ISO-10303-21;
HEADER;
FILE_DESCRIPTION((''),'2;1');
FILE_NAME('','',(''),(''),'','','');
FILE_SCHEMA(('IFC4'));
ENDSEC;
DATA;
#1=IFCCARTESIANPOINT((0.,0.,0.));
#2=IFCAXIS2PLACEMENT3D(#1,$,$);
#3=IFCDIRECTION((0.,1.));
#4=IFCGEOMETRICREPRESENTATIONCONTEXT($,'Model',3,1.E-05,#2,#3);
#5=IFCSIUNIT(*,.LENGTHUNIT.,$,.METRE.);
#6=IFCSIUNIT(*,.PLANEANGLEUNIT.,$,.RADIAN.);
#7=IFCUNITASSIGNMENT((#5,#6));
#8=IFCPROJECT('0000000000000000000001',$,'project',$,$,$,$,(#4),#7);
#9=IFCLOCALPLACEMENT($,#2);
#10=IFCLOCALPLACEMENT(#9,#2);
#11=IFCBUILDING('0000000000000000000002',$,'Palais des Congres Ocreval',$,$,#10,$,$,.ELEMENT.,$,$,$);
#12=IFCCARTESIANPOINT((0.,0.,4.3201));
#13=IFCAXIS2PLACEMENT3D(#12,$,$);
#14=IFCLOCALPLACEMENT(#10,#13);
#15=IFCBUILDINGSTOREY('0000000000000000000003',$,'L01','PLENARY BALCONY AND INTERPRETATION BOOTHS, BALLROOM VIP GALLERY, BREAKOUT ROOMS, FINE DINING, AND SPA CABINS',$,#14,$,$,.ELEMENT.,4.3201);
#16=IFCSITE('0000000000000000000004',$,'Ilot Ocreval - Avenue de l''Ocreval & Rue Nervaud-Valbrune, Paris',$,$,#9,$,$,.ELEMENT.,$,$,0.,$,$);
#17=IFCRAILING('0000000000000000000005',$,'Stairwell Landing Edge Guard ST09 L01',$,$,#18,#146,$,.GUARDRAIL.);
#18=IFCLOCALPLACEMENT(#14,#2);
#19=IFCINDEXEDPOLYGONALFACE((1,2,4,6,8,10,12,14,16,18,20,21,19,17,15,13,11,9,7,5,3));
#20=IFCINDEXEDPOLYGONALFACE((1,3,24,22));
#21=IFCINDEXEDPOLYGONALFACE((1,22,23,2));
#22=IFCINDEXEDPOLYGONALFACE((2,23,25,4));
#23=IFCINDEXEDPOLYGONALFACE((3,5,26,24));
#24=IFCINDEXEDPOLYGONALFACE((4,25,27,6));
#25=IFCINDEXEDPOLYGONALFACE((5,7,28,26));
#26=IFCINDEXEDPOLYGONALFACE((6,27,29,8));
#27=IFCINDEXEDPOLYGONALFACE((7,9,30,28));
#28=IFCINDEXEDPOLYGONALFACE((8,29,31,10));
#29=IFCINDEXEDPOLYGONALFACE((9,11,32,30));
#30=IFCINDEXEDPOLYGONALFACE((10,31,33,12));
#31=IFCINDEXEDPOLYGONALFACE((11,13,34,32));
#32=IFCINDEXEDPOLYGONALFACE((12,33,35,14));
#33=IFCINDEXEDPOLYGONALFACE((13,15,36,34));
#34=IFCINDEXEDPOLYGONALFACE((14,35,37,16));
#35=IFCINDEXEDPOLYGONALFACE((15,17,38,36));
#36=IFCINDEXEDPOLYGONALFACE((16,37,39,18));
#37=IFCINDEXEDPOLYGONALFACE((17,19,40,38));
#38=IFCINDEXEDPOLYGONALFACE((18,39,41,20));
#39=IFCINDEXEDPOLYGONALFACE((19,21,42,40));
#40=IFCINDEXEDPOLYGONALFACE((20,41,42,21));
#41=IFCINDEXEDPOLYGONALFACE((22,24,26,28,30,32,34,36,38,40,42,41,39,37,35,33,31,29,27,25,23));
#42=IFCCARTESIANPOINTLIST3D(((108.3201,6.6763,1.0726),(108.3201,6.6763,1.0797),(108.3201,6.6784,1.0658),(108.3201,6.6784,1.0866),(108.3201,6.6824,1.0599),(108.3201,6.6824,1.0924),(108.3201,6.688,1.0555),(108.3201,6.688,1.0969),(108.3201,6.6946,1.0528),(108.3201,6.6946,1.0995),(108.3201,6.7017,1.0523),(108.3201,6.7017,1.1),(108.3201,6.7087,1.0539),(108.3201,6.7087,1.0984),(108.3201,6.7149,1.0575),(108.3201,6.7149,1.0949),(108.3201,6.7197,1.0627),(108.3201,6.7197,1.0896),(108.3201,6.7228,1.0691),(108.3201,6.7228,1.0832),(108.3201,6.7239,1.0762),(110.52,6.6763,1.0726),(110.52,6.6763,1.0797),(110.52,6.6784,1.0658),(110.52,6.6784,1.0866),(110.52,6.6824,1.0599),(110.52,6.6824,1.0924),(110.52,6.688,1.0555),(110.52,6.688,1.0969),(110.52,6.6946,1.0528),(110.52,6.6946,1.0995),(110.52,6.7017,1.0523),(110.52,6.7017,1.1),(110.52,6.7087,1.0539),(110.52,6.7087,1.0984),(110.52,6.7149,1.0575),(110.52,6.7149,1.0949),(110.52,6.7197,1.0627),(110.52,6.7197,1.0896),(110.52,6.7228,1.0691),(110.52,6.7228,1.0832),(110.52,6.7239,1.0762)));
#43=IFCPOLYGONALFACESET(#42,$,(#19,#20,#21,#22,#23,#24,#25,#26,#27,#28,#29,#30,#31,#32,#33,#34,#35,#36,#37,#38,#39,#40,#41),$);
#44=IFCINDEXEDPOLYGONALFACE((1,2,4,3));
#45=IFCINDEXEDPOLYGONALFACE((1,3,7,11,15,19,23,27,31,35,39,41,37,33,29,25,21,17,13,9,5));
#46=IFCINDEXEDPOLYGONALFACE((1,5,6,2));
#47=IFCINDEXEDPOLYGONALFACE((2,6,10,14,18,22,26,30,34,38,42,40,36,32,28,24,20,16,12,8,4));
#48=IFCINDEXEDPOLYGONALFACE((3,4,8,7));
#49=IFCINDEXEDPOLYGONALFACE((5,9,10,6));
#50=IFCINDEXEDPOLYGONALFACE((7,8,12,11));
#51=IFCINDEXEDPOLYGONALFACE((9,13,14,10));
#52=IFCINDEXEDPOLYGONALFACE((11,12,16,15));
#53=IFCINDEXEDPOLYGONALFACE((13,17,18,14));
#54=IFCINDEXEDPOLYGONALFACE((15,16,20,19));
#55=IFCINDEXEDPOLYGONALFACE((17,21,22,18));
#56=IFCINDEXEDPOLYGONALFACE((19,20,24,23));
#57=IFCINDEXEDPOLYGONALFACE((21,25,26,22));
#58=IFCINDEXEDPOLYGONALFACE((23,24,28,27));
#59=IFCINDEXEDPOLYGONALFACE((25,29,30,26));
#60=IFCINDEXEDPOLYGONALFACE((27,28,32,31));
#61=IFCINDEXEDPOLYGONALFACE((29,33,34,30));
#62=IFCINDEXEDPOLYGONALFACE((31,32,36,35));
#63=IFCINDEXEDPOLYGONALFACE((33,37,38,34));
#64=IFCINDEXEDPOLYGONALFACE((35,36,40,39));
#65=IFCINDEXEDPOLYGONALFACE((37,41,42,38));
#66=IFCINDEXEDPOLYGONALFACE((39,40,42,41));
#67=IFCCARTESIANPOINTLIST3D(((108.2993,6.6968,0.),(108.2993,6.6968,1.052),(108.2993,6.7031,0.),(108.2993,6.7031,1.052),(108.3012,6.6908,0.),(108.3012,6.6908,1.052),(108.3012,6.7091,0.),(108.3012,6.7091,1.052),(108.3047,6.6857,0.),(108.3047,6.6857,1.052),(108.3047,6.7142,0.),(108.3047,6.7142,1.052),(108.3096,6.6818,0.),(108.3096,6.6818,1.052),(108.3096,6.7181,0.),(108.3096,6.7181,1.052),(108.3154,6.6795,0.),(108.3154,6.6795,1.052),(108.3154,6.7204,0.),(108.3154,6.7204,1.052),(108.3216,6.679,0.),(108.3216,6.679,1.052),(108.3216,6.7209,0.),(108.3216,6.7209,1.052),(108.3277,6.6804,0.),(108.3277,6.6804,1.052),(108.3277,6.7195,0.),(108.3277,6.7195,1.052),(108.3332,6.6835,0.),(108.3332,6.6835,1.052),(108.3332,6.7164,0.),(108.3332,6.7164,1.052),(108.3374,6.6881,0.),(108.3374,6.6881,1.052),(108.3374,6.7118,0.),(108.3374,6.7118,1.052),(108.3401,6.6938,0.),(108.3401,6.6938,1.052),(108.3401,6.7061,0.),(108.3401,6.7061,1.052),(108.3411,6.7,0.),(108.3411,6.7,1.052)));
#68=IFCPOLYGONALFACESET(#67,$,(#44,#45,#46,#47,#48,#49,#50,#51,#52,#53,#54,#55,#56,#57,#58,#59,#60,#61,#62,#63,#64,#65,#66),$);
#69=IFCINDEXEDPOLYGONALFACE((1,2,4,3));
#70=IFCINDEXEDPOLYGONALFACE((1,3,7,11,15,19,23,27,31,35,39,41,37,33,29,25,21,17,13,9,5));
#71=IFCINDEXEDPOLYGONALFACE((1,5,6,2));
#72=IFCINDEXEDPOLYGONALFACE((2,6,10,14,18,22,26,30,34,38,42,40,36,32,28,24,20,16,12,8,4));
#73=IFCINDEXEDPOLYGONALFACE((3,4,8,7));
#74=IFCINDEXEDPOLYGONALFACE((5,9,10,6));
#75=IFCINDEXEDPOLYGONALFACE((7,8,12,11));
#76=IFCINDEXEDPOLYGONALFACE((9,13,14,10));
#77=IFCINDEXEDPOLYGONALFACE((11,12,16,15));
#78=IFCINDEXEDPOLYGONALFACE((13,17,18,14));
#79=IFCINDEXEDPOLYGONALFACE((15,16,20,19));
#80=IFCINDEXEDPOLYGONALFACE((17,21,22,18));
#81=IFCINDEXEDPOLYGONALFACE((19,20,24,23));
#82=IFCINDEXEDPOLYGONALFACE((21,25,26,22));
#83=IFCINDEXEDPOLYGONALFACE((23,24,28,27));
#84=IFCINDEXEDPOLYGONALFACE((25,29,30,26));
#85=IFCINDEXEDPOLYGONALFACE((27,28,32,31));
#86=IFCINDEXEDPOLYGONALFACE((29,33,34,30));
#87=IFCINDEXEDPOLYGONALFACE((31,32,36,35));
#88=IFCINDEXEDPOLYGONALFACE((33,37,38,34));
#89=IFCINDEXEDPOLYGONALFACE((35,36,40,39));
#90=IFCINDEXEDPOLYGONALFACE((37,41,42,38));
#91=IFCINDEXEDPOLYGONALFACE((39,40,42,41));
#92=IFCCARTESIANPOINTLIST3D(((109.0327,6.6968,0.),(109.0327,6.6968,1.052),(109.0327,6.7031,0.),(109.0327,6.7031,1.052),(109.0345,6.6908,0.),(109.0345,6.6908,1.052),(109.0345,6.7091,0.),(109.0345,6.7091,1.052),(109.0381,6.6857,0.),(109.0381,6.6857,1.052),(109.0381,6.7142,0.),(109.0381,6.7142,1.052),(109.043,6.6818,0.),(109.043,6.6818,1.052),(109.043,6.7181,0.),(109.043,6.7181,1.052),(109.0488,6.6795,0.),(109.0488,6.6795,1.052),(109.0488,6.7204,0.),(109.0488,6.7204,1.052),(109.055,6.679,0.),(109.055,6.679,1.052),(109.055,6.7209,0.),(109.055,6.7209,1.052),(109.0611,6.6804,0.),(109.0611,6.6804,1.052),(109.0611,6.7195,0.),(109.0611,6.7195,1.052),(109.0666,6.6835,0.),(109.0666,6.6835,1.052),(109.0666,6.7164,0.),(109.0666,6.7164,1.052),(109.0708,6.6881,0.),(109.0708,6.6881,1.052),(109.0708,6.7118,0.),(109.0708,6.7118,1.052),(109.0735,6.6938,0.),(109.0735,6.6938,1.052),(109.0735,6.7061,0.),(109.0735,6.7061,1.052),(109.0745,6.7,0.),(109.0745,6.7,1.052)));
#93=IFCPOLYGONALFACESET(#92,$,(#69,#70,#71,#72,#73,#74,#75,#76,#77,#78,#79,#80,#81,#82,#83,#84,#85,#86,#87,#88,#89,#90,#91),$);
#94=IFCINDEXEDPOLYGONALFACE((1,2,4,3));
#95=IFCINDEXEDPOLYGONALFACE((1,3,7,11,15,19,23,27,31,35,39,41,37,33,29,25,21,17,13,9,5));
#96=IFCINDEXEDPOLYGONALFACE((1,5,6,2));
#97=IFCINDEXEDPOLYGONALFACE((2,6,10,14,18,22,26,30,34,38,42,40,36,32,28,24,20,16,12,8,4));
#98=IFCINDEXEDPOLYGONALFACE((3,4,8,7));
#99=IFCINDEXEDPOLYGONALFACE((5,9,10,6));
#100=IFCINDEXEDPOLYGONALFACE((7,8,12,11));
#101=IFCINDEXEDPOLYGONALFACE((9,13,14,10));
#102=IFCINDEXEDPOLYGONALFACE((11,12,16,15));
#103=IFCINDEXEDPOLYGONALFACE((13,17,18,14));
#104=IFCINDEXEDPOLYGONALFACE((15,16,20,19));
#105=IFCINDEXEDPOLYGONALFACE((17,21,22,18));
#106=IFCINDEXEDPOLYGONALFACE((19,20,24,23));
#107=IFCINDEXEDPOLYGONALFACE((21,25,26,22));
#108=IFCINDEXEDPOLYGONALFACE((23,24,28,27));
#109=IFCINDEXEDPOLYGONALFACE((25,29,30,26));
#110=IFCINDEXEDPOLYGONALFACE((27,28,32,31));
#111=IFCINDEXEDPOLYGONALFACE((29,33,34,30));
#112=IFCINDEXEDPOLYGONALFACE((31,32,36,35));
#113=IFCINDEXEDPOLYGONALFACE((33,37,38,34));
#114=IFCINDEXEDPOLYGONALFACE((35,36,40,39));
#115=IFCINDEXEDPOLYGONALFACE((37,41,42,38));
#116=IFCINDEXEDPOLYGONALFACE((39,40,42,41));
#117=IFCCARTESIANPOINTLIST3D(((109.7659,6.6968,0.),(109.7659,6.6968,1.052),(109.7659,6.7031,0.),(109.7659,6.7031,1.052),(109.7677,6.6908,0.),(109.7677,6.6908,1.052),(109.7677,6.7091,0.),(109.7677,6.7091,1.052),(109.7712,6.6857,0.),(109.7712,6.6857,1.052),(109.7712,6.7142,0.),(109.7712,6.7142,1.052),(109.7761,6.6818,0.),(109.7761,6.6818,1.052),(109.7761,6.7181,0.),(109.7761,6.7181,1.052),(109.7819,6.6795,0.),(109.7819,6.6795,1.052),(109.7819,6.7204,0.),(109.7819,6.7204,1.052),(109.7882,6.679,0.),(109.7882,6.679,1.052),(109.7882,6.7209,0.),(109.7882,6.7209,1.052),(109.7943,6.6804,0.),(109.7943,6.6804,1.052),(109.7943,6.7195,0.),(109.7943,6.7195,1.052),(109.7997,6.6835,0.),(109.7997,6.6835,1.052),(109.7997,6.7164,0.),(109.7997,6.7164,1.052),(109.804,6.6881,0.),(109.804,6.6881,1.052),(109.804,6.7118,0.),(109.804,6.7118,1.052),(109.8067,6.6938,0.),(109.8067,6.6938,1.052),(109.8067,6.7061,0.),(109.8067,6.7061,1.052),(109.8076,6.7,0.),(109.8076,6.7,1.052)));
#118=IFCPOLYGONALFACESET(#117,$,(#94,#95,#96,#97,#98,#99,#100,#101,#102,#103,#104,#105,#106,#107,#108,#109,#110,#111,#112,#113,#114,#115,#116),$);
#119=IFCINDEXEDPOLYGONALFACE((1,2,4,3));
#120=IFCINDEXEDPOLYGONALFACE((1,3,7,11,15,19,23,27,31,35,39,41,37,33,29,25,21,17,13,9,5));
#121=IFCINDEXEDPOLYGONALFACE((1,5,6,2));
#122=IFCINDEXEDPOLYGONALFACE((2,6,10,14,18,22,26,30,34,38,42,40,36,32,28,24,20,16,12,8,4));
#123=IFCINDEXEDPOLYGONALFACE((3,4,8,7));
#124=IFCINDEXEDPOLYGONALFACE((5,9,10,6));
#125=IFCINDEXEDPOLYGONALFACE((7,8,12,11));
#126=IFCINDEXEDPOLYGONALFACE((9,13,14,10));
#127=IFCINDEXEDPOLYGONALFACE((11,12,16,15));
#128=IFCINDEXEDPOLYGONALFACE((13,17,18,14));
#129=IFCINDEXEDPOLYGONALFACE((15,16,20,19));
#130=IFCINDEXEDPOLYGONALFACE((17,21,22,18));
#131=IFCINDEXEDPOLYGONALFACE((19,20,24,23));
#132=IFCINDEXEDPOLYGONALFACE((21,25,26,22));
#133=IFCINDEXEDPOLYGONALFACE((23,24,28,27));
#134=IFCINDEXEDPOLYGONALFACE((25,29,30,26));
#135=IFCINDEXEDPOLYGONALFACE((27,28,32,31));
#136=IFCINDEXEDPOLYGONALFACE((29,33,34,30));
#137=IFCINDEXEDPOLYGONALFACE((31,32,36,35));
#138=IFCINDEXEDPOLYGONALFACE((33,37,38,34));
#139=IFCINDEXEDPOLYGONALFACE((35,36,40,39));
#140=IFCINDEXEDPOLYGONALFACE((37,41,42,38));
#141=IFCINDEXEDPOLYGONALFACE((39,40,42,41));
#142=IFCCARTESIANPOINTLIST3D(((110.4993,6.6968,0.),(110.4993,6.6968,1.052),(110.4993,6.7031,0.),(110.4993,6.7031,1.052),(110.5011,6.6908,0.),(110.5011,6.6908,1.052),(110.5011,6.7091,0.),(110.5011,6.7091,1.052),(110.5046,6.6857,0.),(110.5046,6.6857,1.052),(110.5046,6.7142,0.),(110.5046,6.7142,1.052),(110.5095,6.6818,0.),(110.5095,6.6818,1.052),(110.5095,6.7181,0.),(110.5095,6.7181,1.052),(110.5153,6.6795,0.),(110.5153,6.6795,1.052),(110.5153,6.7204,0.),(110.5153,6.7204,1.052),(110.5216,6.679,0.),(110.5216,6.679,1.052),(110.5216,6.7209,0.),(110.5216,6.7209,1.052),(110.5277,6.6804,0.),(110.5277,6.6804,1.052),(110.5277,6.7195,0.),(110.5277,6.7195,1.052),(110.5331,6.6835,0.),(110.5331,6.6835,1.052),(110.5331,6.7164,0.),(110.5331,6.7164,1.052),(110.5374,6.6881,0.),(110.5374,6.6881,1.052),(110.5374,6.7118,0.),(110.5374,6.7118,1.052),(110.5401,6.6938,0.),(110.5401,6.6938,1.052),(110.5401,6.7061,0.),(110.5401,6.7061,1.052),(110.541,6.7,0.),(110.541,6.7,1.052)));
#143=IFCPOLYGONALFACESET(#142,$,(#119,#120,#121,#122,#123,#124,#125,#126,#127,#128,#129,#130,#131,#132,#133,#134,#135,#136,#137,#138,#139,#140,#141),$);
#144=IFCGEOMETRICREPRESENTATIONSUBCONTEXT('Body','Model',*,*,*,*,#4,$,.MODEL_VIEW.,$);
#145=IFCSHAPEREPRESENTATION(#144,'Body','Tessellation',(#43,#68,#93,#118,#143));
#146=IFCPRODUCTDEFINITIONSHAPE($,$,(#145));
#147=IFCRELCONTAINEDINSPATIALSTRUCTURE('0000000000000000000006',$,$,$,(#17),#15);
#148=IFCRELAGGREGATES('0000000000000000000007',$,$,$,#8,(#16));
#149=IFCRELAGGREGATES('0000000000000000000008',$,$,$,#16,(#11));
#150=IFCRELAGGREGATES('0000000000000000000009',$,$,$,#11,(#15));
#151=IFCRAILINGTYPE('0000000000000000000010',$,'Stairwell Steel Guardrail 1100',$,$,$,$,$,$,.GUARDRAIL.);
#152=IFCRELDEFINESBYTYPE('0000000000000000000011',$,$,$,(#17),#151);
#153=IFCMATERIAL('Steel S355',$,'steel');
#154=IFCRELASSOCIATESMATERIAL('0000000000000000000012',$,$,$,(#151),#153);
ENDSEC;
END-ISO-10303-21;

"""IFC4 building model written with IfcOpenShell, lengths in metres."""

from ifc_helpers import new_model, si_unit, direction, frame, origin, origin_2d, place, context, subcontext, project, spatial, circle, extrude, material, type_object, element, save


model = new_model("IFC4")

# Units and contexts
model_context = context("Model", 3, precision=1e-05, world=origin(), true_north=direction((0.0, 1.0)))
body_context = subcontext(model_context, "Body", "Model", "MODEL_VIEW")
ifc_project = project(units=[si_unit("LENGTHUNIT", "METRE"), si_unit("PLANEANGLEUNIT", "RADIAN")], contexts=[model_context])

# Site, building, storey
site_placement = place(None, origin())
site = spatial("IfcSite", under=ifc_project, at=site_placement, Name="Ilot Ocreval - Avenue de l'Ocreval & Rue Nervaud-Valbrune, Paris", CompositionType="ELEMENT", RefElevation=0.0)
building_placement = place(site_placement, origin())
building = spatial("IfcBuilding", under=site, at=building_placement, Name="Palais des Congres Ocreval", CompositionType="ELEMENT")
storey_placement = place(building_placement, frame((0.0, 0.0, 4.3201)))
storey = spatial("IfcBuildingStorey", under=building, at=storey_placement, Name="L01", Description="PLENARY BALCONY AND INTERPRETATION BOOTHS, BALLROOM VIP GALLERY, BREAKOUT ROOMS, FINE DINING, AND SPA CABINS", CompositionType="ELEMENT", Elevation=4.3201)

# Shared definitions
ifc_material_1 = material(Name="Steel S355", Category="steel")

# Railing
railing_type_1 = type_object("IfcRailingType", Name="Stairwell Steel Guardrail 1100", PredefinedType="GUARDRAIL", material=ifc_material_1)
railing_1_placement = place(storey_placement, frame((108.3201, 6.7, 0.0)))
element("IfcRailing", 1, at=railing_1_placement, inside=storey, type_object=railing_type_1, Name="Stairwell Landing Edge Guard ST09 L01", PredefinedType="GUARDRAIL", context=body_context, shape_type="SweptSolid", body=[
    extrude(circle(Radius=0.0239, at=origin_2d()), frame((0.0, 0.0, 1.0762), z_axis=(1.0, 0.0, 0.0), x_axis=(0.0, 1.0, 0.0)), (0.0, 0.0, 1.0), 2.2),
    extrude(circle(Radius=0.021, at=origin_2d()), origin(), (0.0, 0.0, 1.0), 1.052),
    extrude(circle(Radius=0.021, at=origin_2d()), frame((0.7334, 0.0, 0.0)), (0.0, 0.0, 1.0), 1.052),
    extrude(circle(Radius=0.021, at=origin_2d()), frame((1.4666, 0.0, 0.0)), (0.0, 0.0, 1.0), 1.052),
    extrude(circle(Radius=0.021, at=origin_2d()), frame((2.2, 0.0, 0.0)), (0.0, 0.0, 1.0), 1.052),
])

save(model, "model.ifc")
